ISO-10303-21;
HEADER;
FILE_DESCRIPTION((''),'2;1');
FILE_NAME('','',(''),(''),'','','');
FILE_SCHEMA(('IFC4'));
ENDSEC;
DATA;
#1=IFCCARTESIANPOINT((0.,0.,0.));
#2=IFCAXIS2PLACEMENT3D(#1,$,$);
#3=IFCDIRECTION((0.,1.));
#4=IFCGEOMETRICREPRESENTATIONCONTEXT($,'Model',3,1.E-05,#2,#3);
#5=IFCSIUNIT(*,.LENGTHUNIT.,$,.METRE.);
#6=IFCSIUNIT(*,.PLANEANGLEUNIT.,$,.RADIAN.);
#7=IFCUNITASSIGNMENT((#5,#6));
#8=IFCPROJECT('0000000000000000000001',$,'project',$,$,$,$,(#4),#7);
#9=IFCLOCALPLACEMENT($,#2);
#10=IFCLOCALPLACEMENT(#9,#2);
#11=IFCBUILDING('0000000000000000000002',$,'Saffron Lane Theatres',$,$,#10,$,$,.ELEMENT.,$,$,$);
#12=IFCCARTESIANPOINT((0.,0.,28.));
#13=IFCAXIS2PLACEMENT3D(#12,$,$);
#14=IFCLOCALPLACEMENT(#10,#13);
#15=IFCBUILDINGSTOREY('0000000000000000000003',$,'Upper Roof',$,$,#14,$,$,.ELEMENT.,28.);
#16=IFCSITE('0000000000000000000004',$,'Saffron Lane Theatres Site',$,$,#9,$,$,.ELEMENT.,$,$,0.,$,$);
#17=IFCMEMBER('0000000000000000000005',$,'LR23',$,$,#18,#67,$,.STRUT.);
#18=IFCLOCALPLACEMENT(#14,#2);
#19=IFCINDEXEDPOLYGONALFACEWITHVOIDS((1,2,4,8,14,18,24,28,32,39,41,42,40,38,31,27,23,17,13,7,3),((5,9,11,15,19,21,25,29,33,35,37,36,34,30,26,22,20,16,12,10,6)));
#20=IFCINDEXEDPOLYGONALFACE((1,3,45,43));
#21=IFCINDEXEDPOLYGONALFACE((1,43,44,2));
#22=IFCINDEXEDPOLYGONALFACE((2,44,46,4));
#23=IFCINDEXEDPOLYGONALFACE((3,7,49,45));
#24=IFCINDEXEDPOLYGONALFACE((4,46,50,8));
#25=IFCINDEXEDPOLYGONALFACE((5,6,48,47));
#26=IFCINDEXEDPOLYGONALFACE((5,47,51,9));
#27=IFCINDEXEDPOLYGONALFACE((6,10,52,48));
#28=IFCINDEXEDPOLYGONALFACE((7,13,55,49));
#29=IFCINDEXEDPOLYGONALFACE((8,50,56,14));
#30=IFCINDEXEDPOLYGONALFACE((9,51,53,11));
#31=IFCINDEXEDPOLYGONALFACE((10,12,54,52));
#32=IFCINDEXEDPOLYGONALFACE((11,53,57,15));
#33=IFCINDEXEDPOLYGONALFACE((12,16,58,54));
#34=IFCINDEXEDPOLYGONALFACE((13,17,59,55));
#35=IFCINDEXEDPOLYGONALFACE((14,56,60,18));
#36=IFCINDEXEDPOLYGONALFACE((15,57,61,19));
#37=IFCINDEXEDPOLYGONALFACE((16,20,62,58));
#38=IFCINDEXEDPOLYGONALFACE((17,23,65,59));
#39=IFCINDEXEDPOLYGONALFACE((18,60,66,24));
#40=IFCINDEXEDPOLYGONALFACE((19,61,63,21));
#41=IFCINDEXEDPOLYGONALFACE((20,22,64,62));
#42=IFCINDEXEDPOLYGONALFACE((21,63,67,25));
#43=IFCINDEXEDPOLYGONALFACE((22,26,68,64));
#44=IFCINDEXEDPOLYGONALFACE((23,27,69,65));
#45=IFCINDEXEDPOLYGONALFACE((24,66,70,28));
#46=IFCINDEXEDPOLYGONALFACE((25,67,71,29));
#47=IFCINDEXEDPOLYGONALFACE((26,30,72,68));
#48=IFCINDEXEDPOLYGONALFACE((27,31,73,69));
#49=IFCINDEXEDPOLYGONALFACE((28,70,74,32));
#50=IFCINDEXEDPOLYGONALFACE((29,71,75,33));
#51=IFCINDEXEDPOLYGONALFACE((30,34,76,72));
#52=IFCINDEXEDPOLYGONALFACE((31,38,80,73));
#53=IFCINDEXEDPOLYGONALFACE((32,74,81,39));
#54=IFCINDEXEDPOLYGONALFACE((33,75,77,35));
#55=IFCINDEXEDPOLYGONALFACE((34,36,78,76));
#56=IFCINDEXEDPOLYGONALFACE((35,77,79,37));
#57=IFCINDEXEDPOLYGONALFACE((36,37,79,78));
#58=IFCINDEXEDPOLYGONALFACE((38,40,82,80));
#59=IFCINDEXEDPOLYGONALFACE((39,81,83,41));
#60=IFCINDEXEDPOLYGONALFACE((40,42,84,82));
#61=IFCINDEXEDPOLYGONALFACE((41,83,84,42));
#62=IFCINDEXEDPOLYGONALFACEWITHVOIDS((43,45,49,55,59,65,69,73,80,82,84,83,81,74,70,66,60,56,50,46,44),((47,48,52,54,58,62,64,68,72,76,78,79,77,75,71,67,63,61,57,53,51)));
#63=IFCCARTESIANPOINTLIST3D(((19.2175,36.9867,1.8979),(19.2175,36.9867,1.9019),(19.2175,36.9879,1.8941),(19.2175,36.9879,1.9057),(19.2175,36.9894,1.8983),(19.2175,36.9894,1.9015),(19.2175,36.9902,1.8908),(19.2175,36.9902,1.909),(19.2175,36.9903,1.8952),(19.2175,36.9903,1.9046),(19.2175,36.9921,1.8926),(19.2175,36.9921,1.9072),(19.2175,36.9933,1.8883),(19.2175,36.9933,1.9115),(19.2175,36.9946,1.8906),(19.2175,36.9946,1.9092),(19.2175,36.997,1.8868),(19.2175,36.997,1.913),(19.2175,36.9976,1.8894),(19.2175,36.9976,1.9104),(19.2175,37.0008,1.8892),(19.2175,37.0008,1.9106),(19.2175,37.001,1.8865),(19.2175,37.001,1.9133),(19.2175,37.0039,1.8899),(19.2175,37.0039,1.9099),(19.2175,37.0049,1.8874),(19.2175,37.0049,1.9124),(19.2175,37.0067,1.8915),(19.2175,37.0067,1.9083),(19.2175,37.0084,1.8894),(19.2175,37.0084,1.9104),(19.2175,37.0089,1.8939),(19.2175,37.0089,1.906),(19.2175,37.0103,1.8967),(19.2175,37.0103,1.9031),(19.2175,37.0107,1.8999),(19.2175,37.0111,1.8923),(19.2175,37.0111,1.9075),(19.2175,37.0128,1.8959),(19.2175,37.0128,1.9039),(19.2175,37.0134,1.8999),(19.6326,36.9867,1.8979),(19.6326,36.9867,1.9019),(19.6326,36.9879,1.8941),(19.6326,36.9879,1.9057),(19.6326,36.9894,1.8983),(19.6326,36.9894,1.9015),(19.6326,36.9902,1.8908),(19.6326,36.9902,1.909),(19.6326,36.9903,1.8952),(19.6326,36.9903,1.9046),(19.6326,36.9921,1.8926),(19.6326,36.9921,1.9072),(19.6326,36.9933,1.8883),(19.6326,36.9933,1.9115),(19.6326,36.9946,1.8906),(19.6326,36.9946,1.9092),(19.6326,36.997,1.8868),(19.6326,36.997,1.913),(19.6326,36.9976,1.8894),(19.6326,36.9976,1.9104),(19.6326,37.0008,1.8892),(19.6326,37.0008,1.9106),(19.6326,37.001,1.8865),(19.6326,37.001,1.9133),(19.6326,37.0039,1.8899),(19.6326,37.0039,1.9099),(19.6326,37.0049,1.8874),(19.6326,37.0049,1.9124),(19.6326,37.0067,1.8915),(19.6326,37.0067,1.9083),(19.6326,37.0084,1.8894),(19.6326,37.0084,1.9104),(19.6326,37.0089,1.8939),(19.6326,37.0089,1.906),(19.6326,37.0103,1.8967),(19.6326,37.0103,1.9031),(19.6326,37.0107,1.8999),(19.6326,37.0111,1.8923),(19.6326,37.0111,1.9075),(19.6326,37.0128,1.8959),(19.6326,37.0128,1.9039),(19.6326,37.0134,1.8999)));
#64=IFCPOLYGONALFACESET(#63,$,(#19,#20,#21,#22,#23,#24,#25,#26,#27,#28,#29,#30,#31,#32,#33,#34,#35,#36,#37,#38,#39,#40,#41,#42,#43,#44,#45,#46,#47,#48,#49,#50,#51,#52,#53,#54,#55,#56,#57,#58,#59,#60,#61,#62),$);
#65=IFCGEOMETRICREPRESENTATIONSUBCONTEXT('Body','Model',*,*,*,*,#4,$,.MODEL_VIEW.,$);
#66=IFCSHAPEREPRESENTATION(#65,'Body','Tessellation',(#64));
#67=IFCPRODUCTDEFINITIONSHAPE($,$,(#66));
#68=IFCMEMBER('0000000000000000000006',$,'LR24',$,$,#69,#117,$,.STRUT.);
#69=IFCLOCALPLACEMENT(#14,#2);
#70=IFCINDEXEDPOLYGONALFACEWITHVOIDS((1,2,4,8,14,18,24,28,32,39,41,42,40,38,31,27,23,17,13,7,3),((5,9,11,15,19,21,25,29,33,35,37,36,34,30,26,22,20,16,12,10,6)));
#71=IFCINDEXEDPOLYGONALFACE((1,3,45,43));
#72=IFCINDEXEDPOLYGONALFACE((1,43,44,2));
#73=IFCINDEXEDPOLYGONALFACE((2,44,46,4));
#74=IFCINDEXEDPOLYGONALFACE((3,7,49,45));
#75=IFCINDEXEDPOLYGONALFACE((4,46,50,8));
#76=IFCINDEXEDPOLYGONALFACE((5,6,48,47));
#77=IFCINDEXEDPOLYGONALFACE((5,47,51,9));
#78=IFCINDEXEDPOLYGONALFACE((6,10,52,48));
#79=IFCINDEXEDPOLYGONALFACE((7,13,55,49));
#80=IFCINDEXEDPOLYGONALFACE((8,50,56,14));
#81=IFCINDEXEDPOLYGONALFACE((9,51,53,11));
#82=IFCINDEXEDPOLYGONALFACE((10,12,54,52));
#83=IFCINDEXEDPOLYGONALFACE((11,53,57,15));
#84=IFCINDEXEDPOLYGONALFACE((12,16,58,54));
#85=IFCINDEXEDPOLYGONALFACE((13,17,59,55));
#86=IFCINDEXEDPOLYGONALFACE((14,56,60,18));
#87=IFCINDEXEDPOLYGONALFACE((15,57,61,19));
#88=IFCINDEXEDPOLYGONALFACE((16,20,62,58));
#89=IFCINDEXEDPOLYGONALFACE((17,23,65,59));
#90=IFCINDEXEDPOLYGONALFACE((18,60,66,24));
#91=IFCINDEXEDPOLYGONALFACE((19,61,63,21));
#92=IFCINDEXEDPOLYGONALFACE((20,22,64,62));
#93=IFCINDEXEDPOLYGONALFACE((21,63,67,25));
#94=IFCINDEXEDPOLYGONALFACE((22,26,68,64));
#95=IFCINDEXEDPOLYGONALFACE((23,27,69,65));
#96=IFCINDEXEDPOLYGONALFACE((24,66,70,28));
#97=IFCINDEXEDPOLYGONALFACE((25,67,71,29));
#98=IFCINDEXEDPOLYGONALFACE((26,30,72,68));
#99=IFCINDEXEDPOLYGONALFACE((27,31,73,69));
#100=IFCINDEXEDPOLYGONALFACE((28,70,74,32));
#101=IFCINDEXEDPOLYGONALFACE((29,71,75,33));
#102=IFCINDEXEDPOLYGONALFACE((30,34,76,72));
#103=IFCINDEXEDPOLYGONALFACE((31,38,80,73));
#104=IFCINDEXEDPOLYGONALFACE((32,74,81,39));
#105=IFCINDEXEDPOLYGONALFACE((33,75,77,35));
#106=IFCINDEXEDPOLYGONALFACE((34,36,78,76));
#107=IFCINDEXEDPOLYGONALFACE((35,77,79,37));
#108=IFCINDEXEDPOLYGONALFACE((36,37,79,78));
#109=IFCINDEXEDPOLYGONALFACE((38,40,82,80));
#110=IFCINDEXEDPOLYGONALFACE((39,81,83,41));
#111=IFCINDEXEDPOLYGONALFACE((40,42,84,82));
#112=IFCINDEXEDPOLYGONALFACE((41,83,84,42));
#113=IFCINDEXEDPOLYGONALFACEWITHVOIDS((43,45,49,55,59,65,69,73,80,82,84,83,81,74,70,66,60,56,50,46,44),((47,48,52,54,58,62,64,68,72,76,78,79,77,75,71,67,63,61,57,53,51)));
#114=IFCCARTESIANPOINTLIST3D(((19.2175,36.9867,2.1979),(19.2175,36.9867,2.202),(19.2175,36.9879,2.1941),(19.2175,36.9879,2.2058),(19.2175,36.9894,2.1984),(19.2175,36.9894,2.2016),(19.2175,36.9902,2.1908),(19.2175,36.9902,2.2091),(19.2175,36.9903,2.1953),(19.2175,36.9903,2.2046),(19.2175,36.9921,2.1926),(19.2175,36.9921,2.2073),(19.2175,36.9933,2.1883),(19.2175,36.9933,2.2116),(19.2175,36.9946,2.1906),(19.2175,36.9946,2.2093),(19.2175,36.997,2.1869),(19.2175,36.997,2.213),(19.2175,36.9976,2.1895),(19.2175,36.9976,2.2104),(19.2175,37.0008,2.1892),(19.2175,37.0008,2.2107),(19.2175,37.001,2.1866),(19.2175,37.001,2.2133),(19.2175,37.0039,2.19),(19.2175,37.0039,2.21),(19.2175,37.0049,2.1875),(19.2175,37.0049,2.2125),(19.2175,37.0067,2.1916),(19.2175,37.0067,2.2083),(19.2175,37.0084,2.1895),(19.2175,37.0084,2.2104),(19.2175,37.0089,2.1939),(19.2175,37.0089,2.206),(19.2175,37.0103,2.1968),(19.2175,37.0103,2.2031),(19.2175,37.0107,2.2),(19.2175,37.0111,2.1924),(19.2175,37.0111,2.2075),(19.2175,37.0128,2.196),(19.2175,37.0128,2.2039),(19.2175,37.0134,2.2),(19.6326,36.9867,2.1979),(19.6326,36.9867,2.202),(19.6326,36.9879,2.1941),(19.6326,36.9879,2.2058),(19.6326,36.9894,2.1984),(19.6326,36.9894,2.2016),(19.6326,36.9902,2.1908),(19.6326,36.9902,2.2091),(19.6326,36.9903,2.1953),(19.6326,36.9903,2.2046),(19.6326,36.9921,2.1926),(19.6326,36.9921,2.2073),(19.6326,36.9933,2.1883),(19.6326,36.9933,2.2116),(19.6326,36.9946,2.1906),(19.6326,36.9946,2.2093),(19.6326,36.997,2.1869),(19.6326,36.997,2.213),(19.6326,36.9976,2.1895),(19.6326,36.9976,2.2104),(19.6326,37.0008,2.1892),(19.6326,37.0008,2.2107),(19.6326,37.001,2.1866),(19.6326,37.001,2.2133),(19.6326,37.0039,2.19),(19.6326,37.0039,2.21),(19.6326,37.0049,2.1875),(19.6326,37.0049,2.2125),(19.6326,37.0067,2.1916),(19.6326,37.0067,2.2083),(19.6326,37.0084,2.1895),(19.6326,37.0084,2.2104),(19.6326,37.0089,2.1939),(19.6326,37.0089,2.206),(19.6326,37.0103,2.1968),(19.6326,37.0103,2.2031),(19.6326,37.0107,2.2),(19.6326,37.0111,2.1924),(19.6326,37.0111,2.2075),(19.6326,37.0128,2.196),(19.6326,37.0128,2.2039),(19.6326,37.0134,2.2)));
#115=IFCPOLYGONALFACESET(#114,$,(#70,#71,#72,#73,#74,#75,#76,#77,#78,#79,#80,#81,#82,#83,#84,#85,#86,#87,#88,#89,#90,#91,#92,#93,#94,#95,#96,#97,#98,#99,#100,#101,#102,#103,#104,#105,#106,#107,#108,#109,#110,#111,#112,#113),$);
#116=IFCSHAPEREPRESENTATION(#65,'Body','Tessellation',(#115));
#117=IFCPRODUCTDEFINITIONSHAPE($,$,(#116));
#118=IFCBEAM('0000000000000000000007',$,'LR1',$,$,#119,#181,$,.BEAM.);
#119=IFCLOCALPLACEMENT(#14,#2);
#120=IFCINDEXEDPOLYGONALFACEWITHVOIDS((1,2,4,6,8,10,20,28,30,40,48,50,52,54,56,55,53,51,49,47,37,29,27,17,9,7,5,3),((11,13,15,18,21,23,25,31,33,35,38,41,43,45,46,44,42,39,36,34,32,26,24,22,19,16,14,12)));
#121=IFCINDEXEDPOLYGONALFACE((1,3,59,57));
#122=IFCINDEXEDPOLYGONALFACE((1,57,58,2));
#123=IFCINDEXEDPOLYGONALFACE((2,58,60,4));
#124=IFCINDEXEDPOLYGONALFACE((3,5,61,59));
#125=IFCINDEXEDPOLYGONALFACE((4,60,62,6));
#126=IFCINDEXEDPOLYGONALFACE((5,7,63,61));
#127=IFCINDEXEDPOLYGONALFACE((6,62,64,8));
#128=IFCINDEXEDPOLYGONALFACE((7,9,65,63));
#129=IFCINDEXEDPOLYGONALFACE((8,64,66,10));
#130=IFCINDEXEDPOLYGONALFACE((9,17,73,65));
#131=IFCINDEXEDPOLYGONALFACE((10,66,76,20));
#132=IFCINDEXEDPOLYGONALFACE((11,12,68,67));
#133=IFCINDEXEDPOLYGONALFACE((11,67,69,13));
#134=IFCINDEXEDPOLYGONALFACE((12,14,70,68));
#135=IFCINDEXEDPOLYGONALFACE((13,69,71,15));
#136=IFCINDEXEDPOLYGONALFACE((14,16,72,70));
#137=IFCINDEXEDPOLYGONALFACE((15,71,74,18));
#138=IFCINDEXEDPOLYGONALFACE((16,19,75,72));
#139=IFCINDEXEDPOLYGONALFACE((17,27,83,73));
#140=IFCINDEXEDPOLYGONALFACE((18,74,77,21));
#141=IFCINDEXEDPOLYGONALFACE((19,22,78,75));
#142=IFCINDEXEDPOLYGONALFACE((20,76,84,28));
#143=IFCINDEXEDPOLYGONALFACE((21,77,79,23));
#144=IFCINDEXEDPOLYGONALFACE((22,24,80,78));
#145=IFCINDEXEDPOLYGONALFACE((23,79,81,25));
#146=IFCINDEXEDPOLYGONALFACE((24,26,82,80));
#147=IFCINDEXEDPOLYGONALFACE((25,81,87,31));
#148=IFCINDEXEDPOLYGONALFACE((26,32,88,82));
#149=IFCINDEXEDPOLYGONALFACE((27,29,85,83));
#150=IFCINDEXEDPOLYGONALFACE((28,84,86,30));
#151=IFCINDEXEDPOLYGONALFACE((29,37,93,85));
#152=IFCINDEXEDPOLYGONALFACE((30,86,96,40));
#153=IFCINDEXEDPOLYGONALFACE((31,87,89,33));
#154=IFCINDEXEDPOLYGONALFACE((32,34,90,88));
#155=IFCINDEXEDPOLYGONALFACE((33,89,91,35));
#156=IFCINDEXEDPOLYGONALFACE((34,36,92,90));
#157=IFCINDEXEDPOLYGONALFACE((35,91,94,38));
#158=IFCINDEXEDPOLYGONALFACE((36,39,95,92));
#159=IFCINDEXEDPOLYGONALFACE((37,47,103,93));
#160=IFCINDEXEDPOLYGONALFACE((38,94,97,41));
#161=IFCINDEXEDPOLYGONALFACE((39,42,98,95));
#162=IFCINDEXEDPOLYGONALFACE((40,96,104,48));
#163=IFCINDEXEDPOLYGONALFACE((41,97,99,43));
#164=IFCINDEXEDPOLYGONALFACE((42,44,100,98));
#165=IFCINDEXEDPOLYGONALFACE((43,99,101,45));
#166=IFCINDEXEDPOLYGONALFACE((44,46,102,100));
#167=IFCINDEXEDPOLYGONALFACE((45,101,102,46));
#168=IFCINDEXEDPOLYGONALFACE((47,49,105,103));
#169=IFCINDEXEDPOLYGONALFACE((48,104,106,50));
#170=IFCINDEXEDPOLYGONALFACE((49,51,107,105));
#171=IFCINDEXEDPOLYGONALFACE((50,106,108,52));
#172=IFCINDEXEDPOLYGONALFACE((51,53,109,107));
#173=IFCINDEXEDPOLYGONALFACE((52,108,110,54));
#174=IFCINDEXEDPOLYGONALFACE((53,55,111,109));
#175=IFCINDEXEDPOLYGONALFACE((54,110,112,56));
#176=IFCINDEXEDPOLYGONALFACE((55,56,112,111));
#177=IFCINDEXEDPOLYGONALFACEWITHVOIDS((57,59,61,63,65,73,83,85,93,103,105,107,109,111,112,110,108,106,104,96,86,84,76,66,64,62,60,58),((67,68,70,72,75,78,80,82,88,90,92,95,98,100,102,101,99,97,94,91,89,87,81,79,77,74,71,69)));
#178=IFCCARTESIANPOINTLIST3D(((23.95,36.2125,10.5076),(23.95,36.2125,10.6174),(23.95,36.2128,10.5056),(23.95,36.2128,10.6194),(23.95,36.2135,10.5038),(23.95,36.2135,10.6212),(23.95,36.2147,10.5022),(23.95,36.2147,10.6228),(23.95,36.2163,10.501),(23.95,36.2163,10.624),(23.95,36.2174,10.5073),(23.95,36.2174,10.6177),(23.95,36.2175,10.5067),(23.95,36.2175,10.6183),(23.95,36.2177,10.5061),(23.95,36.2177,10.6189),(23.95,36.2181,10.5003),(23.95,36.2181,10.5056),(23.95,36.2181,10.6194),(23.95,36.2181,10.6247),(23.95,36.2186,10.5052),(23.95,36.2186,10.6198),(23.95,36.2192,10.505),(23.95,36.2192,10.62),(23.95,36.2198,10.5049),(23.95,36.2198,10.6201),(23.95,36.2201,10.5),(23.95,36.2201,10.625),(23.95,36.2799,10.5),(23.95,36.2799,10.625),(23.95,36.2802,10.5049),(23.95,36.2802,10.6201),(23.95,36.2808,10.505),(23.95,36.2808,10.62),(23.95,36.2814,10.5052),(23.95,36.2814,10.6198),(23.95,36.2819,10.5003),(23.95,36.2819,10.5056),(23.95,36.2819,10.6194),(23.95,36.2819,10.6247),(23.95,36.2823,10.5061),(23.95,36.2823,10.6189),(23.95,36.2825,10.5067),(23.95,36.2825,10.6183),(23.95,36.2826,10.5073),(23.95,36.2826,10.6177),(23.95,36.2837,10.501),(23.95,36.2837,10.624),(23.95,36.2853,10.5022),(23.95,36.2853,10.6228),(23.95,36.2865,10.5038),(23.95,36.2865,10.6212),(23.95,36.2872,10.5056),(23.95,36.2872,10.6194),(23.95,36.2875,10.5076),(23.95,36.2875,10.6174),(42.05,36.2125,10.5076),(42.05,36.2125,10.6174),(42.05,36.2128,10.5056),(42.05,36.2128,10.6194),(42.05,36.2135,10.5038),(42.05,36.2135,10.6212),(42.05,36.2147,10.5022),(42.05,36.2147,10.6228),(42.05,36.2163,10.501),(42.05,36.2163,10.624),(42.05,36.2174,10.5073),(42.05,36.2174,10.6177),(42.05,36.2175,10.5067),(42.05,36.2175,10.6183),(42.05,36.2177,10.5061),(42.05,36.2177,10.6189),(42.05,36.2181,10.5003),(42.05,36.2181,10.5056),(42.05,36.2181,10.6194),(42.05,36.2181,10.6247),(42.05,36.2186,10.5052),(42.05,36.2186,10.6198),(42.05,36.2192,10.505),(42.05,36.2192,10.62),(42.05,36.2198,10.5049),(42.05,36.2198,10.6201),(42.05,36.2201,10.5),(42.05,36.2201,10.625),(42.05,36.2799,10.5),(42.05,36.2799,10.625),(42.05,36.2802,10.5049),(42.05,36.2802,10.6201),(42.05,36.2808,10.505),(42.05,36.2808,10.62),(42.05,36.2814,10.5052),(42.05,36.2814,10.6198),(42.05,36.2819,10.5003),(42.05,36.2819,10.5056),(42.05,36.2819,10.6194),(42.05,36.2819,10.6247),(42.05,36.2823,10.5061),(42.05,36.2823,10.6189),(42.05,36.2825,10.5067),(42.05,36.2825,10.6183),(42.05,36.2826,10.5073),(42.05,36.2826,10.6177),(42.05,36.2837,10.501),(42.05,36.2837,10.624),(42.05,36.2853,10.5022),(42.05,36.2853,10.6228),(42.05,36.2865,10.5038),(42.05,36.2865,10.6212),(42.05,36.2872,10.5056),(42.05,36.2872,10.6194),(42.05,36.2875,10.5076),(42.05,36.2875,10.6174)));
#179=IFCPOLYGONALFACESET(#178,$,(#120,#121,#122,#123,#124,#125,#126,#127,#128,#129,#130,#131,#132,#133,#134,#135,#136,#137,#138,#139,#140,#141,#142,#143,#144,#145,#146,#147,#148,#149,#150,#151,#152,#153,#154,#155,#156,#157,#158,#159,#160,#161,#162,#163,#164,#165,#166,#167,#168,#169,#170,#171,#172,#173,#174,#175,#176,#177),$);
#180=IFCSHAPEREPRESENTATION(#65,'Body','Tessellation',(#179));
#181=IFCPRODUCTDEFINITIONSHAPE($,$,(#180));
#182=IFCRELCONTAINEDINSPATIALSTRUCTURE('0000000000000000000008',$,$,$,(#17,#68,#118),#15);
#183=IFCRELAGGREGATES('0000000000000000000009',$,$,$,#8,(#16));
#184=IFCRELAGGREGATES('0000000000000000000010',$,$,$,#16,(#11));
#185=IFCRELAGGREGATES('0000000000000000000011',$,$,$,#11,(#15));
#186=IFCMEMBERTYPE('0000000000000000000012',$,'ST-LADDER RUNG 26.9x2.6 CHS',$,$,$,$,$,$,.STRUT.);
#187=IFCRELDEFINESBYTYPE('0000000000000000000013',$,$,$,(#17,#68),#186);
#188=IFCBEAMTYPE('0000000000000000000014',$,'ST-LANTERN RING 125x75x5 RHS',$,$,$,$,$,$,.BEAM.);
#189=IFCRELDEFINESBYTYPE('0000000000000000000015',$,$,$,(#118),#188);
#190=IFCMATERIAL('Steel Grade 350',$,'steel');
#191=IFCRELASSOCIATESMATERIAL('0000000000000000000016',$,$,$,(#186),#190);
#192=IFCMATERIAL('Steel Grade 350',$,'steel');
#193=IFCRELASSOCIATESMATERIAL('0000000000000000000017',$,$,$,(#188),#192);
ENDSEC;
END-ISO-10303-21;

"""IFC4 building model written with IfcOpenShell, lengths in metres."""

from ifc_helpers import new_model, si_unit, direction, frame, origin, origin_2d, place, context, subcontext, project, spatial, hollow_rectangle, hollow_circle, extrude, material, material_profile, profile_set, type_object, element, save


model = new_model("IFC4")

# Units and contexts
model_context = context("Model", 3, precision=1e-05, world=origin(), true_north=direction((0.0, 1.0)))
body_context = subcontext(model_context, "Body", "Model", "MODEL_VIEW")
ifc_project = project(units=[si_unit("LENGTHUNIT", "METRE"), si_unit("PLANEANGLEUNIT", "RADIAN")], contexts=[model_context])

# Site, building, storey
site_placement = place(None, origin())
site = spatial("IfcSite", under=ifc_project, at=site_placement, Name="Saffron Lane Theatres Site", CompositionType="ELEMENT", RefElevation=0.0)
building_placement = place(site_placement, origin())
building = spatial("IfcBuilding", under=site, at=building_placement, Name="Saffron Lane Theatres", CompositionType="ELEMENT")
storey_placement = place(building_placement, frame((0.0, 0.0, 28.0)))
storey = spatial("IfcBuildingStorey", under=building, at=storey_placement, Name="Upper Roof", CompositionType="ELEMENT", Elevation=28.0)

# Members
ifc_material_1 = material(Name="Steel Grade 350", Category="steel")
ifc_material_profile_1 = material_profile(ifc_material_1, hollow_circle(Radius=0.0134, WallThickness=0.0027, at=origin_2d()))
ifc_profile_set_1 = profile_set([ifc_material_profile_1], Name="Steel Grade 350")
member_type_1 = type_object("IfcMemberType", Name="ST-LADDER RUNG 26.9x2.6 CHS", PredefinedType="STRUT", material=ifc_profile_set_1)
for number, where, z_axis, x_axis, name in (
    (1, (19.2175, 37.0, 1.8999), (1.0, 0.0, 0.0), (0.0, 1.0, 0.0), "LR23"),
    (2, (19.2175, 37.0, 2.2), (1.0, 0.0, 0.0), (0.0, 1.0, 0.0), "LR24"),
):
    element("IfcMember", number, at=place(storey_placement, frame(where, z_axis=z_axis, x_axis=x_axis)), inside=storey, type_object=member_type_1, Name=name, PredefinedType="STRUT", context=body_context, shape_type="SweptSolid", body=[
        extrude(hollow_circle(Radius=0.0134, WallThickness=0.0027, at=origin_2d()), origin(), (0.0, 0.0, 1.0), 0.415),
    ])

# Beam
ifc_material_2 = material(Name="Steel Grade 350", Category="steel")
ifc_material_profile_2 = material_profile(ifc_material_2, hollow_rectangle(XDim=0.075, YDim=0.125, WallThickness=0.0049, InnerFilletRadius=0.0024, OuterFilletRadius=0.0076, at=origin_2d()))
ifc_profile_set_2 = profile_set([ifc_material_profile_2], Name="Steel Grade 350")
beam_type_1 = type_object("IfcBeamType", Name="ST-LANTERN RING 125x75x5 RHS", PredefinedType="BEAM", material=ifc_profile_set_2)
for number, where, z_axis, x_axis, name in (
    (3, (23.95, 36.25, 10.5625), (1.0, 0.0, 0.0), (0.0, 1.0, 0.0), "LR1"),
):
    element("IfcBeam", number, at=place(storey_placement, frame(where, z_axis=z_axis, x_axis=x_axis)), inside=storey, type_object=beam_type_1, Name=name, PredefinedType="BEAM", context=body_context, shape_type="SweptSolid", body=[
        extrude(hollow_rectangle(XDim=0.075, YDim=0.125, WallThickness=0.0049, InnerFilletRadius=0.0024, OuterFilletRadius=0.0076, at=origin_2d()), origin(), (0.0, 0.0, 1.0), 18.1001),
    ])

save(model, "model.ifc")
